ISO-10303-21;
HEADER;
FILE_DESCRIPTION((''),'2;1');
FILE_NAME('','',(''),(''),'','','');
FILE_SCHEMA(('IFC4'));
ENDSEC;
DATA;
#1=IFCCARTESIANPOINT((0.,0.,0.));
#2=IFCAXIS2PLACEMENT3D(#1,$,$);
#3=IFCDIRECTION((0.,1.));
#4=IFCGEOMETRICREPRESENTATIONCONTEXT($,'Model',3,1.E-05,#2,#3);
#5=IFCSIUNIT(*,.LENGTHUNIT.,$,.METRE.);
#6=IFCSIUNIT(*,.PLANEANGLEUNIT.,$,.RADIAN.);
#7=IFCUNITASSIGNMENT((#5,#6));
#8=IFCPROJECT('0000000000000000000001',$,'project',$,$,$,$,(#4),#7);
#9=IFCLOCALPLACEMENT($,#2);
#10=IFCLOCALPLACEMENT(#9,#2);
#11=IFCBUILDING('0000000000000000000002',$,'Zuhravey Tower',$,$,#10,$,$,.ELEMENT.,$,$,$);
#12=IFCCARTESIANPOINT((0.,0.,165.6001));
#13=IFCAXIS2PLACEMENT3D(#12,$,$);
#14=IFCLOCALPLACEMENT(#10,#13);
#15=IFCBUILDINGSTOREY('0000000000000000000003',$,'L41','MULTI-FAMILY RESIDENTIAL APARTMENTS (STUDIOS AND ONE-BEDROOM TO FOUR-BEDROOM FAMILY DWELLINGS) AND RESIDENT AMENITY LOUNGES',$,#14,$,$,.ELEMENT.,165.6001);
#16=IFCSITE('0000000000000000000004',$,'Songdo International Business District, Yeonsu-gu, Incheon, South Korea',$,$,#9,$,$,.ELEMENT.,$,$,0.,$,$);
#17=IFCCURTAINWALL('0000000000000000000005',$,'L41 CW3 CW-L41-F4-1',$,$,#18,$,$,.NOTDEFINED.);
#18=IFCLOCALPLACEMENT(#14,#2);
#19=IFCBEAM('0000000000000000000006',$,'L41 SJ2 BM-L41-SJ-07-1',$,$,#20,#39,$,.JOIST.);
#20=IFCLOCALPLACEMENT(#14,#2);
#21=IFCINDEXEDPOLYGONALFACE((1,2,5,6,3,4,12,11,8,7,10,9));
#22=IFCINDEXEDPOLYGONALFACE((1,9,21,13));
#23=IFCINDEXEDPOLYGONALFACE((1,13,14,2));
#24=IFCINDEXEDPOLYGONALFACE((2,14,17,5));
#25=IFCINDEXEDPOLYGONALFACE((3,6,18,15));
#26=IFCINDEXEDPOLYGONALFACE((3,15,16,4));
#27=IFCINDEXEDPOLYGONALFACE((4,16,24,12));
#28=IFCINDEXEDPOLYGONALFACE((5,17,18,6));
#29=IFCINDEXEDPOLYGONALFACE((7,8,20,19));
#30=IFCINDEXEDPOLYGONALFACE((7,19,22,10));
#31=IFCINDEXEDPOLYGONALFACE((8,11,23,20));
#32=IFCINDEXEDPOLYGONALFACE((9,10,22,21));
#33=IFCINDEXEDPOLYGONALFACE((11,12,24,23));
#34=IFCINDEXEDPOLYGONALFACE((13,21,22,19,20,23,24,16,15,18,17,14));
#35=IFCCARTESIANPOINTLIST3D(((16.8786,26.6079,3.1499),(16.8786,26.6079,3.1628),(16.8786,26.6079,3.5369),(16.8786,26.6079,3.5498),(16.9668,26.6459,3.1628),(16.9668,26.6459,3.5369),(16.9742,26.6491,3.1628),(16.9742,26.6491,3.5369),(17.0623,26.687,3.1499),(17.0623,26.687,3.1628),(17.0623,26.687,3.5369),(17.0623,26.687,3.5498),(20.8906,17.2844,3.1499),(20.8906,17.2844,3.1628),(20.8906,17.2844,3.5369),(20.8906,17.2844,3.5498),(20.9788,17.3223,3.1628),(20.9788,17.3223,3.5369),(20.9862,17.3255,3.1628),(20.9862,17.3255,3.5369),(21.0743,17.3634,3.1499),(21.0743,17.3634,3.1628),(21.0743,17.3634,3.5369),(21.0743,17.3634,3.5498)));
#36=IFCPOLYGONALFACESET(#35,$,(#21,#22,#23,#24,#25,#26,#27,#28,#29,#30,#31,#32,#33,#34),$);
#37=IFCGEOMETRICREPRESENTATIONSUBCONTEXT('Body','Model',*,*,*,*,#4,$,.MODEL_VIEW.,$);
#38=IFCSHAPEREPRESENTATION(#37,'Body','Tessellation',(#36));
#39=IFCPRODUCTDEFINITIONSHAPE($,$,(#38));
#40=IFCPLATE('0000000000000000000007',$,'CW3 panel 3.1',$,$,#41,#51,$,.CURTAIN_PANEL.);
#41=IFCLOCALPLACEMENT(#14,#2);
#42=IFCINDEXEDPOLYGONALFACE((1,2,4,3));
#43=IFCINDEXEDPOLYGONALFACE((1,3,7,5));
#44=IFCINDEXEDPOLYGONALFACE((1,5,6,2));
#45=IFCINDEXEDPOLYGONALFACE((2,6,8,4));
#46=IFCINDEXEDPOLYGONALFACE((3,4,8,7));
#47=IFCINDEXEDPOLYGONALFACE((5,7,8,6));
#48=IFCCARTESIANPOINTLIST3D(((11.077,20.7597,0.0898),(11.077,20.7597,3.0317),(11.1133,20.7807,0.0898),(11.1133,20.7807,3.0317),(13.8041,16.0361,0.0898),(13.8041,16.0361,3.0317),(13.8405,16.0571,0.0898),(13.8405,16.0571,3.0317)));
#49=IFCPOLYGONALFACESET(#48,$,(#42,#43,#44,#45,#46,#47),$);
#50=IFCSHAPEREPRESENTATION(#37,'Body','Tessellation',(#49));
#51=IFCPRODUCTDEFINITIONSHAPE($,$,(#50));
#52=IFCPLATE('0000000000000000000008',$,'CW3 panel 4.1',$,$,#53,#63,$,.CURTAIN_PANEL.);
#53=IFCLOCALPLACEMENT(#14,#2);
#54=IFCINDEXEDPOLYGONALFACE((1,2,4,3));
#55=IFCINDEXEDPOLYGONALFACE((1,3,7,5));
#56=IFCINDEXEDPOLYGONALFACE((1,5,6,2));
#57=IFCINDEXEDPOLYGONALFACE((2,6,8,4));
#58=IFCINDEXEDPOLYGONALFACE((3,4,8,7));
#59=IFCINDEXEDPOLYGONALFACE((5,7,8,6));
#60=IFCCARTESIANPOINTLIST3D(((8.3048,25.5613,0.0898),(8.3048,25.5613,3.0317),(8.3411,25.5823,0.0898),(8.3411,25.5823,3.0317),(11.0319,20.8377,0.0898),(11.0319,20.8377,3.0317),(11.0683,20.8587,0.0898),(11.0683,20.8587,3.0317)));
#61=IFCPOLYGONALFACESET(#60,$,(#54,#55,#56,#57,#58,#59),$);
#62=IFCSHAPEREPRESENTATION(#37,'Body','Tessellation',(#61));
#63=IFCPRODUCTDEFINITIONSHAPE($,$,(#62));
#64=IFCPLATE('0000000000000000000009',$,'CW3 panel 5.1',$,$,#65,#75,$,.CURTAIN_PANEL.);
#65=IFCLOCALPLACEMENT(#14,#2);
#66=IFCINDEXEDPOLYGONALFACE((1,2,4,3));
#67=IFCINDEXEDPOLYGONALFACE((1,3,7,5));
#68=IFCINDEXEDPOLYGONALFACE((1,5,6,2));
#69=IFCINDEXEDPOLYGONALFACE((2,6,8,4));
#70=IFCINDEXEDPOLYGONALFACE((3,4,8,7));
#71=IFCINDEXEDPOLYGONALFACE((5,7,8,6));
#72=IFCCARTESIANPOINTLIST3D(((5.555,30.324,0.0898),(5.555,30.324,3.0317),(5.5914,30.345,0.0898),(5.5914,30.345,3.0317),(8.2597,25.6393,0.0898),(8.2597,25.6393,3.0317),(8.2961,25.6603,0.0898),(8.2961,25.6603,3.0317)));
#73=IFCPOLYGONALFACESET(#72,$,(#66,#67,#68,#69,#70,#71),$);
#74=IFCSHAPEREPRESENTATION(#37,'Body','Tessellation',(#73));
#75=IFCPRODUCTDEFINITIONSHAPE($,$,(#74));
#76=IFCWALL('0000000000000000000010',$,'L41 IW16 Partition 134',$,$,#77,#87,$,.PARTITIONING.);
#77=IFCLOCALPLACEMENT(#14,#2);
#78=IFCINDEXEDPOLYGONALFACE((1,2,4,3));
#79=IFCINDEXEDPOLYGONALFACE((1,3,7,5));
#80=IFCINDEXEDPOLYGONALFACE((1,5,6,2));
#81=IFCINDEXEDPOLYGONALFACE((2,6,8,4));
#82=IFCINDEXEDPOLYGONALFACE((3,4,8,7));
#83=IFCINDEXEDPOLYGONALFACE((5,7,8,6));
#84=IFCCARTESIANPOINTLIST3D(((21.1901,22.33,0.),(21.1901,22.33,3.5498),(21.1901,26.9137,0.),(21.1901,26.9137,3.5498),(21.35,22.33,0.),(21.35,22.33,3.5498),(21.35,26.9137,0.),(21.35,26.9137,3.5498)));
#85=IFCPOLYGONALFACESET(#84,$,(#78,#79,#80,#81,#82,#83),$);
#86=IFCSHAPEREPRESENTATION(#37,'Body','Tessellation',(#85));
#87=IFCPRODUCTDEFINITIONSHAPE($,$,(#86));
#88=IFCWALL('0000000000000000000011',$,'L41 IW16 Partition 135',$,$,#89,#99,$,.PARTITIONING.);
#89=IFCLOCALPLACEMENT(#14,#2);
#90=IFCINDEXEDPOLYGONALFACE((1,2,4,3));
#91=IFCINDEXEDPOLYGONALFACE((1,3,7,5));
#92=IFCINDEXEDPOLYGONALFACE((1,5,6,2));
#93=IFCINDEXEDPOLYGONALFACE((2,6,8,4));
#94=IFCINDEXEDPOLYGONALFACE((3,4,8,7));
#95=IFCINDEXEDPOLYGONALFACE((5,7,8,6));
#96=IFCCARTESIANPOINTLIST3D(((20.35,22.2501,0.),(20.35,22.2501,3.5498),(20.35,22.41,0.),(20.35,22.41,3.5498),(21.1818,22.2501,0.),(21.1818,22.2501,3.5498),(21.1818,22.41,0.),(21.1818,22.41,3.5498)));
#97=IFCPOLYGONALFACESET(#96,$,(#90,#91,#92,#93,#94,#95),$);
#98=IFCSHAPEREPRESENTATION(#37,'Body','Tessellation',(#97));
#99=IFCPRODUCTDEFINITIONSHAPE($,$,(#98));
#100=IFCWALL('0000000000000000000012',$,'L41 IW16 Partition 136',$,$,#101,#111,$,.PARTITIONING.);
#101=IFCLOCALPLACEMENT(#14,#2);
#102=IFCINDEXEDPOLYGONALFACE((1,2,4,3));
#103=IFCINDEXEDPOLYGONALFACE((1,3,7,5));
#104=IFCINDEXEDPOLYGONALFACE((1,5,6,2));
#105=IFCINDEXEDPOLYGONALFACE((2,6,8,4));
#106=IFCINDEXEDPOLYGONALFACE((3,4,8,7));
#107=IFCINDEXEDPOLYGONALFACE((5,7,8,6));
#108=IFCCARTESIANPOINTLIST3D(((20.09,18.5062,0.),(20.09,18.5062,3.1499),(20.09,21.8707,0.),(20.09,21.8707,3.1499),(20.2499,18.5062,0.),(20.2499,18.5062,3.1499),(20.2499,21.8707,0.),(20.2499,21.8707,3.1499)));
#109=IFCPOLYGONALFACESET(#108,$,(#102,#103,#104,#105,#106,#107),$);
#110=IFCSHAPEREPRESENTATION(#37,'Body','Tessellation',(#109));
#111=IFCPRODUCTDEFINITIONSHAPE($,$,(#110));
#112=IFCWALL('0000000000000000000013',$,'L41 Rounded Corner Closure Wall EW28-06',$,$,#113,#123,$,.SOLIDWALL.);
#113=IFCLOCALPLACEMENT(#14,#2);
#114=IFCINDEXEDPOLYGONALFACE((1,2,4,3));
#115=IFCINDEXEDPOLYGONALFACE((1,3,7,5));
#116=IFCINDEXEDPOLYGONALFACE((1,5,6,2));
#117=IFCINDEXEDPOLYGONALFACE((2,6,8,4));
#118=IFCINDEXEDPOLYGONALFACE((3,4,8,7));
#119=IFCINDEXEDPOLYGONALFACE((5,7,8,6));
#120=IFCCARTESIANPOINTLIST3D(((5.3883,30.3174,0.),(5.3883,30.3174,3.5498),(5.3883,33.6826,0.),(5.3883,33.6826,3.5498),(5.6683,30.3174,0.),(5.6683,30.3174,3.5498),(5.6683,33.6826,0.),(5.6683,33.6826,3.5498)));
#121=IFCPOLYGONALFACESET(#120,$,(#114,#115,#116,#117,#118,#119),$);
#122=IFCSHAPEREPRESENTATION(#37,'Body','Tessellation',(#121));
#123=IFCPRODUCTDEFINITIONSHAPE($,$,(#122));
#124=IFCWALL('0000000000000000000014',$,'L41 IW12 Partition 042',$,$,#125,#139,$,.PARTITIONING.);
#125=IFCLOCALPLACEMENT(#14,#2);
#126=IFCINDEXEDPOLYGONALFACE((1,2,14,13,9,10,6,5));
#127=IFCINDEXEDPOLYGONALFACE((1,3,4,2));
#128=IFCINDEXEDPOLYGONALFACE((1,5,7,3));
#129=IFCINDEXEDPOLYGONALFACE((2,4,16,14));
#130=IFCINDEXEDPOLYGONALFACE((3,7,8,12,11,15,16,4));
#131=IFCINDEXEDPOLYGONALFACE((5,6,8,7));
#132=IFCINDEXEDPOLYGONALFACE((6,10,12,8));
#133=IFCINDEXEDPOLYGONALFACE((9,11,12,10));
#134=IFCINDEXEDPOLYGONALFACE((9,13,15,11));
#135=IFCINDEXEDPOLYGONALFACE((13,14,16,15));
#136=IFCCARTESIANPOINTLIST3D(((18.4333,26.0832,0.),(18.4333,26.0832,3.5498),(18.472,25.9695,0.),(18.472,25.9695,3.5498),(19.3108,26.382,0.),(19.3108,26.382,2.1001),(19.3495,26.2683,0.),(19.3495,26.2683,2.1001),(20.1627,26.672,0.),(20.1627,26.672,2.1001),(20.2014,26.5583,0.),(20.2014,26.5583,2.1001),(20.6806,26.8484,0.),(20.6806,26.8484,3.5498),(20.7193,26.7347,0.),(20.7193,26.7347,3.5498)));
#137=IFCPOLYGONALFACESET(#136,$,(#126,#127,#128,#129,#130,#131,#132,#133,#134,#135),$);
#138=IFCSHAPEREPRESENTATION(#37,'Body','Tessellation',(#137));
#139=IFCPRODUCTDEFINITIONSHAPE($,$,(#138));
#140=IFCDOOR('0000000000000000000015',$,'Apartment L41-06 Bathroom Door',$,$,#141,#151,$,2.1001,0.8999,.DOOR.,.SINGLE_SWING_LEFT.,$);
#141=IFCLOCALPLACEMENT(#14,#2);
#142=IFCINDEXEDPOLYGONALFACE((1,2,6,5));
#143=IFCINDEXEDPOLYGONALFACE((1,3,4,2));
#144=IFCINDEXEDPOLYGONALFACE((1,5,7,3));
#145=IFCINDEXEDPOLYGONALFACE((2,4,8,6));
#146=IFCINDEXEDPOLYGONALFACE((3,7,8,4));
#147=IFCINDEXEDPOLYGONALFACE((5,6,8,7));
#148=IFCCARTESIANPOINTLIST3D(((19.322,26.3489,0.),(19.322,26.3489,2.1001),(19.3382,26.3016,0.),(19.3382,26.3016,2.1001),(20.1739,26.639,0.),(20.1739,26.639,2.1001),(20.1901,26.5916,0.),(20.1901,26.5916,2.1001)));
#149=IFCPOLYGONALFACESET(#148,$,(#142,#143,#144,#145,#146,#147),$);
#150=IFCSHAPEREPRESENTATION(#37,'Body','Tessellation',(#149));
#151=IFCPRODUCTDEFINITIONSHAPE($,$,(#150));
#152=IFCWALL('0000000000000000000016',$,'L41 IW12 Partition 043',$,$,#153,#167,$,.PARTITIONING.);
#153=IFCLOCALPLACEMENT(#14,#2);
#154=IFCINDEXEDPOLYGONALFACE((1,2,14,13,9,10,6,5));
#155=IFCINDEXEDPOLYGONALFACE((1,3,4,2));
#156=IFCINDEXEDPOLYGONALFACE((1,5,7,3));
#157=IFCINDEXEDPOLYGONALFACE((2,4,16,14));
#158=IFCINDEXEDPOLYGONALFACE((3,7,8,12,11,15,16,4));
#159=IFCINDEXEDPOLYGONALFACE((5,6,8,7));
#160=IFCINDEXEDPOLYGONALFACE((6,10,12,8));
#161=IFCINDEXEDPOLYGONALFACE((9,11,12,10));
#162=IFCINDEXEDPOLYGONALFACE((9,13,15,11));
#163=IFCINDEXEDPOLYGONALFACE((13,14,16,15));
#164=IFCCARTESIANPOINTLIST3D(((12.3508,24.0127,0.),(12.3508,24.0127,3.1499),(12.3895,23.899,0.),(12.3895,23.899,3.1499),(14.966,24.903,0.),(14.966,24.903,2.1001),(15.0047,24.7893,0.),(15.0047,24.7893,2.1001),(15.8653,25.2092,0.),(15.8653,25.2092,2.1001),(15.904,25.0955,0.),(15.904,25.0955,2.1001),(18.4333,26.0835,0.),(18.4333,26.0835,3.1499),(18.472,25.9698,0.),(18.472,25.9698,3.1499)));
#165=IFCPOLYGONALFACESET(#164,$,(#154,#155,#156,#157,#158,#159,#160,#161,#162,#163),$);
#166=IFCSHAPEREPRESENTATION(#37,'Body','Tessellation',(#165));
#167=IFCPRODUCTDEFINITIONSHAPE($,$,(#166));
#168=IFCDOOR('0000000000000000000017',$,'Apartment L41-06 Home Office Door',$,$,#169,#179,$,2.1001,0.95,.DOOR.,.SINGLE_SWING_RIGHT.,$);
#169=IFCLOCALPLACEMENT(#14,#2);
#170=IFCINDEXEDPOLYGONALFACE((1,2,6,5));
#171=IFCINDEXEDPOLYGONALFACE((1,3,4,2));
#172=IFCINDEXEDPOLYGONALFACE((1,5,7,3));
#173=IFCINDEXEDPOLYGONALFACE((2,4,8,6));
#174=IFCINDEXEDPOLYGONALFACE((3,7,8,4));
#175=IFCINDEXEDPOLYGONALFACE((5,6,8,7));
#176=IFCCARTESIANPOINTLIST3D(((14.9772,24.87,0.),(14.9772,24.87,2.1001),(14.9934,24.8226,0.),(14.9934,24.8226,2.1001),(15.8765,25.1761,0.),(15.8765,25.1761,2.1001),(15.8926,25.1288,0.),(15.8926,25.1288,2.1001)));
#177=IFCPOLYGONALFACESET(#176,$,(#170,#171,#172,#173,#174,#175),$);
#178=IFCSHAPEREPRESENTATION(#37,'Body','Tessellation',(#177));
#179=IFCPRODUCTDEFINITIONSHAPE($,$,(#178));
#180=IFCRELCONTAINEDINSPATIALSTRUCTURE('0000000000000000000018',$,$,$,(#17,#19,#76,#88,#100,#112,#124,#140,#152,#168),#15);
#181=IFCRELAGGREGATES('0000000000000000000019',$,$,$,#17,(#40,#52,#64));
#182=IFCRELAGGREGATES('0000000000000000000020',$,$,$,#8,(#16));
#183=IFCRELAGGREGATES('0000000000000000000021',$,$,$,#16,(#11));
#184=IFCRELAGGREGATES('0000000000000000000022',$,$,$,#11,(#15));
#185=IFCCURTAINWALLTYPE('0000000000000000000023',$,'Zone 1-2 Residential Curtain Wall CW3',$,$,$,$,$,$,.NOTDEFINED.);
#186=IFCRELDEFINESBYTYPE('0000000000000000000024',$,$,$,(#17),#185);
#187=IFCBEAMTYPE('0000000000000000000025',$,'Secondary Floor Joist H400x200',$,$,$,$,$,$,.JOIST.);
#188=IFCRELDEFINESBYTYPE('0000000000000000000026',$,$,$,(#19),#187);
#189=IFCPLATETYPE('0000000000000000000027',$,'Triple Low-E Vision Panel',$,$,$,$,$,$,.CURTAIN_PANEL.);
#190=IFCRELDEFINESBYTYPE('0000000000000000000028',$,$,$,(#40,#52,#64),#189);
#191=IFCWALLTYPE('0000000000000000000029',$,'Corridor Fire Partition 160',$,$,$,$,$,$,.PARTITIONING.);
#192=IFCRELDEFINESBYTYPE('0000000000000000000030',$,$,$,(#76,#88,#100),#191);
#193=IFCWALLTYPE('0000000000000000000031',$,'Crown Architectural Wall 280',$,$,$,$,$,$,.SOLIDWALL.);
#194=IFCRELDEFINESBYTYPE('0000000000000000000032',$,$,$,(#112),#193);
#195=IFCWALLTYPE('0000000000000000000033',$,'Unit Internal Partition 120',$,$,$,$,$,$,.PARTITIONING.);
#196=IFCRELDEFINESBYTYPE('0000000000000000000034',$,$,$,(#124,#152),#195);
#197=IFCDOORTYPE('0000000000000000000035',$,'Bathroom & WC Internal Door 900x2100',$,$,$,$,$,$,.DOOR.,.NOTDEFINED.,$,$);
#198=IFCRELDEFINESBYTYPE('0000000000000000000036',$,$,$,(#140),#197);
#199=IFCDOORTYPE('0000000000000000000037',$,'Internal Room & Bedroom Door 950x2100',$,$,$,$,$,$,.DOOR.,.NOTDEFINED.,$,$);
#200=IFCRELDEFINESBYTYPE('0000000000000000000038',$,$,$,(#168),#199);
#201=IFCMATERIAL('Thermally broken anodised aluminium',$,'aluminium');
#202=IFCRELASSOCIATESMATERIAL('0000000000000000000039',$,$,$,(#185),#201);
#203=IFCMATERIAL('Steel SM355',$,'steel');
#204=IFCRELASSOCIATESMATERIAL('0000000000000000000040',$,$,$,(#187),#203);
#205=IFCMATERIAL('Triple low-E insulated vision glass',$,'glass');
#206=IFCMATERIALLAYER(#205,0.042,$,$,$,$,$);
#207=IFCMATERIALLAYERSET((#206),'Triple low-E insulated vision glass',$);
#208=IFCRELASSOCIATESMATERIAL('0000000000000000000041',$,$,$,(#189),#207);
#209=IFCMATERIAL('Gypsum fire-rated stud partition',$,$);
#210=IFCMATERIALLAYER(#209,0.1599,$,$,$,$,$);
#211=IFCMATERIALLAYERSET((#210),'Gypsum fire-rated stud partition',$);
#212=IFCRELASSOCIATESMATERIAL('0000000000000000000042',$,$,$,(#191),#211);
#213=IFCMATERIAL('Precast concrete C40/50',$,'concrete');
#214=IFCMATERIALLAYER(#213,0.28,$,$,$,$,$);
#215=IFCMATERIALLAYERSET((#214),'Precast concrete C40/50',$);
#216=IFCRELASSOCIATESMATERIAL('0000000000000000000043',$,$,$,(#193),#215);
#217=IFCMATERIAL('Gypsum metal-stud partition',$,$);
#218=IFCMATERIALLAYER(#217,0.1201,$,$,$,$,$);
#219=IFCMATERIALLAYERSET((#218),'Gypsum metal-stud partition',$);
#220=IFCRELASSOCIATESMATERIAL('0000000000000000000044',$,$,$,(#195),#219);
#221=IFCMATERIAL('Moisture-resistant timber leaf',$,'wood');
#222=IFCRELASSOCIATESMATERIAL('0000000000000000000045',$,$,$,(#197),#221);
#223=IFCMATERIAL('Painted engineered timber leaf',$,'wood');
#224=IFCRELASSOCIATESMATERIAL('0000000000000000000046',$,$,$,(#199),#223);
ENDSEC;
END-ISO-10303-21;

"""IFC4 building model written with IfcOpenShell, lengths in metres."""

from ifc_helpers import new_model, si_unit, direction, frame, frame_2d, origin, origin_2d, place, context, subcontext, project, spatial, rectangle, i_section, extrude, material, layer, layer_set, material_profile, profile_set, type_object, element, fill, aggregate, save


model = new_model("IFC4")

# Units and contexts
model_context = context("Model", 3, precision=1e-05, world=origin(), true_north=direction((0.0, 1.0)))
body_context = subcontext(model_context, "Body", "Model", "MODEL_VIEW")
ifc_project = project(units=[si_unit("LENGTHUNIT", "METRE"), si_unit("PLANEANGLEUNIT", "RADIAN")], contexts=[model_context])

# Site, building, storey
site_placement = place(None, origin())
site = spatial("IfcSite", under=ifc_project, at=site_placement, Name="Songdo International Business District, Yeonsu-gu, Incheon, South Korea", CompositionType="ELEMENT", RefElevation=0.0)
building_placement = place(site_placement, origin())
building = spatial("IfcBuilding", under=site, at=building_placement, Name="Zuhravey Tower", CompositionType="ELEMENT")
storey_placement = place(building_placement, frame((0.0, 0.0, 165.6001)))
storey = spatial("IfcBuildingStorey", under=building, at=storey_placement, Name="L41", Description="MULTI-FAMILY RESIDENTIAL APARTMENTS (STUDIOS AND ONE-BEDROOM TO FOUR-BEDROOM FAMILY DWELLINGS) AND RESIDENT AMENITY LOUNGES", CompositionType="ELEMENT", Elevation=165.6001)

# Curtain wall
ifc_material_1 = material(Name="Thermally broken anodised aluminium", Category="aluminium")
curtain_wall_type = type_object("IfcCurtainWallType", Name="Zone 1-2 Residential Curtain Wall CW3", PredefinedType="NOTDEFINED", material=ifc_material_1)
curtain_wall_placement = place(storey_placement, origin())
curtain_wall = element("IfcCurtainWall", 1, at=curtain_wall_placement, inside=storey, type_object=curtain_wall_type, Name="L41 CW3 CW-L41-F4-1", PredefinedType="NOTDEFINED")

# Beam
ifc_material_2 = material(Name="Steel SM355", Category="steel")
ifc_material_profile_1 = material_profile(ifc_material_2, i_section(OverallWidth=0.2, OverallDepth=0.3999, WebThickness=0.0081, FlangeThickness=0.0129, at=origin_2d()), Name="H-400x200x8x13")
ifc_profile_set_1 = profile_set([ifc_material_profile_1], Name="Steel SM355")
beam_type_1 = type_object("IfcBeamType", Name="Secondary Floor Joist H400x200", PredefinedType="JOIST", material=ifc_profile_set_1)
beam_1_placement = place(storey_placement, frame((16.9705, 26.6475, 3.3499), z_axis=(0.395266, -0.918567, 0.0), x_axis=(0.918567, 0.395266, 0.0)))
element("IfcBeam", 2, at=beam_1_placement, inside=storey, type_object=beam_type_1, Name="L41 SJ2 BM-L41-SJ-07-1", PredefinedType="JOIST", context=body_context, shape_type="SweptSolid", body=[
    extrude(i_section(OverallWidth=0.2, OverallDepth=0.3999, WebThickness=0.0081, FlangeThickness=0.0129, at=origin_2d()), origin(), (0.0, 0.0, 1.0), 10.1501),
])

# Plates
ifc_material_3 = material(Name="Triple low-E insulated vision glass", Category="glass")
ifc_layer_1 = layer(ifc_material_3, 0.042)
ifc_layer_set_1 = layer_set([ifc_layer_1], Name="Triple low-E insulated vision glass")
plate_type = type_object("IfcPlateType", Name="Triple Low-E Vision Panel", PredefinedType="CURTAIN_PANEL", material=ifc_layer_set_1)
plate_1_placement = place(storey_placement, frame((12.4587, 18.4084, 0.0898), z_axis=(0.0, 0.0, 1.0), x_axis=(-0.5, 0.866025, 0.0)))
plate_1 = element("IfcPlate", 3, at=plate_1_placement, type_object=plate_type, Name="CW3 panel 3.1", PredefinedType="CURTAIN_PANEL", context=body_context, shape_type="SweptSolid", body=[
    extrude(rectangle(XDim=5.4543, YDim=0.042, at=origin_2d()), origin(), (0.0, 0.0, 1.0), 2.9419),
])
plate_2_placement = place(storey_placement, frame((9.6865, 23.21, 0.0898), z_axis=(0.0, 0.0, 1.0), x_axis=(-0.5, 0.866025, 0.0)))
plate_2 = element("IfcPlate", 4, at=plate_2_placement, type_object=plate_type, Name="CW3 panel 4.1", PredefinedType="CURTAIN_PANEL", context=body_context, shape_type="SweptSolid", body=[
    extrude(rectangle(XDim=5.4543, YDim=0.042, at=origin_2d()), origin(), (0.0, 0.0, 1.0), 2.9419),
])
plate_3_placement = place(storey_placement, frame((6.9255, 27.9922, 0.0898), z_axis=(0.0, 0.0, 1.0), x_axis=(-0.5, 0.866025, 0.0)))
plate_3 = element("IfcPlate", 5, at=plate_3_placement, type_object=plate_type, Name="CW3 panel 5.1", PredefinedType="CURTAIN_PANEL", context=body_context, shape_type="SweptSolid", body=[
    extrude(rectangle(XDim=5.4094, YDim=0.042, at=origin_2d()), origin(), (0.0, 0.0, 1.0), 2.9419),
])
aggregate(curtain_wall, [plate_1, plate_2, plate_3])

# Walls
ifc_material_4 = material(Name="Gypsum fire-rated stud partition")
ifc_layer_2 = layer(ifc_material_4, 0.1599)
ifc_layer_set_2 = layer_set([ifc_layer_2], Name="Gypsum fire-rated stud partition")
wall_type_1 = type_object("IfcWallType", Name="Corridor Fire Partition 160", PredefinedType="PARTITIONING", material=ifc_layer_set_2)
wall_1_placement = place(storey_placement, frame((21.27, 26.9138, 0.0), z_axis=(0.0, 0.0, 1.0), x_axis=(0.0, -1.0, 0.0)))
element("IfcWall", 6, at=wall_1_placement, inside=storey, type_object=wall_type_1, Name="L41 IW16 Partition 134", PredefinedType="PARTITIONING", context=body_context, shape_type="SweptSolid", body=[
    extrude(rectangle(XDim=4.5837, YDim=0.1599, at=frame_2d((2.292, 0.0))), origin(), (0.0, 0.0, 1.0), 3.5498),
])
wall_2_placement = place(storey_placement, frame((21.1819, 22.3301, 0.0), z_axis=(0.0, 0.0, 1.0), x_axis=(-1.0, 0.0, 0.0)))
element("IfcWall", 7, at=wall_2_placement, inside=storey, type_object=wall_type_1, Name="L41 IW16 Partition 135", PredefinedType="PARTITIONING", context=body_context, shape_type="SweptSolid", body=[
    extrude(rectangle(XDim=0.8318, YDim=0.1599, at=frame_2d((0.416, 0.0))), origin(), (0.0, 0.0, 1.0), 3.5498),
])
wall_3_placement = place(storey_placement, frame((20.1699, 21.8706, 0.0), z_axis=(0.0, 0.0, 1.0), x_axis=(0.0, -1.0, 0.0)))
element("IfcWall", 8, at=wall_3_placement, inside=storey, type_object=wall_type_1, Name="L41 IW16 Partition 136", PredefinedType="PARTITIONING", context=body_context, shape_type="SweptSolid", body=[
    extrude(rectangle(XDim=3.3645, YDim=0.1599, at=frame_2d((1.6821, 0.0))), origin(), (0.0, 0.0, 1.0), 3.1499),
])
ifc_material_5 = material(Name="Precast concrete C40/50", Category="concrete")
ifc_layer_3 = layer(ifc_material_5, 0.28)
ifc_layer_set_3 = layer_set([ifc_layer_3], Name="Precast concrete C40/50")
wall_type_2 = type_object("IfcWallType", Name="Crown Architectural Wall 280", PredefinedType="SOLIDWALL", material=ifc_layer_set_3)
wall_4_placement = place(storey_placement, frame((5.5283, 30.3174, 0.0), z_axis=(0.0, 0.0, 1.0), x_axis=(0.0, 1.0, 0.0)))
element("IfcWall", 9, at=wall_4_placement, inside=storey, type_object=wall_type_2, Name="L41 Rounded Corner Closure Wall EW28-06", PredefinedType="SOLIDWALL", context=body_context, shape_type="SweptSolid", body=[
    extrude(rectangle(XDim=3.3652, YDim=0.28, at=frame_2d((1.6826, 0.0))), origin(), (0.0, 0.0, 1.0), 3.5498),
])

# Walls, openings, doors
ifc_material_6 = material(Name="Gypsum metal-stud partition")
ifc_layer_4 = layer(ifc_material_6, 0.1201)
ifc_layer_set_4 = layer_set([ifc_layer_4], Name="Gypsum metal-stud partition")
wall_type_3 = type_object("IfcWallType", Name="Unit Internal Partition 120", PredefinedType="PARTITIONING", material=ifc_layer_set_4)
wall_5_placement = place(storey_placement, frame((20.7, 26.7915, 0.0), z_axis=(0.0, 0.0, 1.0), x_axis=(-0.946638, -0.322299, 0.0)))
wall_5 = element("IfcWall", 10, at=wall_5_placement, inside=storey, type_object=wall_type_3, Name="L41 IW12 Partition 042", PredefinedType="PARTITIONING", context=body_context, shape_type="SweptSolid", body=[
    extrude(rectangle(XDim=2.374, YDim=0.1201, at=frame_2d((1.187, 0.0))), origin(), (0.0, 0.0, 1.0), 3.5498),
])
opening_1_placement = place(wall_5_placement, frame((0.5471, 0.0, 0.0)))
opening_1 = element("IfcOpeningElement", 11, at=opening_1_placement, cuts=wall_5, PredefinedType="OPENING", context=body_context, shape_type="SweptSolid", body=[
    extrude(rectangle(XDim=0.8999, YDim=2.1001, at=frame_2d((0.45, 1.05))), frame((0.0, 0.072, 0.0), z_axis=(0.0, -1.0, 0.0), x_axis=(1.0, 0.0, 0.0)), (0.0, 0.0, 1.0), 0.144),
])
ifc_material_7 = material(Name="Moisture-resistant timber leaf", Category="wood")
door_type_1 = type_object("IfcDoorType", Name="Bathroom & WC Internal Door 900x2100", OperationType="NOTDEFINED", PredefinedType="DOOR", material=ifc_material_7)
door_1_placement = place(opening_1_placement, origin())
door_1 = element("IfcDoor", 12, at=door_1_placement, inside=storey, type_object=door_type_1, Name="Apartment L41-06 Bathroom Door", OperationType="SINGLE_SWING_LEFT", OverallHeight=2.1001, OverallWidth=0.8999, PredefinedType="DOOR", context=body_context, shape_type="SweptSolid", body=[
    extrude(rectangle(XDim=0.8999, YDim=2.1001, at=frame_2d((0.45, 1.05))), frame((0.0, 0.0249, 0.0), z_axis=(0.0, -1.0, 0.0), x_axis=(1.0, 0.0, 0.0)), (0.0, 0.0, 1.0), 0.05),
])
fill(opening_1, door_1)
wall_6_placement = place(storey_placement, frame((18.4526, 26.0266, 0.0), z_axis=(0.0, 0.0, 1.0), x_axis=(-0.946643, -0.322286, 0.0)))
wall_6 = element("IfcWall", 13, at=wall_6_placement, inside=storey, type_object=wall_type_3, Name="L41 IW12 Partition 043", PredefinedType="PARTITIONING", context=body_context, shape_type="SweptSolid", body=[
    extrude(rectangle(XDim=6.4253, YDim=0.1201, at=frame_2d((3.2126, 0.0))), origin(), (0.0, 0.0, 1.0), 3.1499),
])
opening_2_placement = place(wall_6_placement, frame((2.7126, 0.0, 0.0)))
opening_2 = element("IfcOpeningElement", 14, at=opening_2_placement, cuts=wall_6, PredefinedType="OPENING", context=body_context, shape_type="SweptSolid", body=[
    extrude(rectangle(XDim=0.95, YDim=2.1001, at=frame_2d((0.4751, 1.05))), frame((0.0, 0.072, 0.0), z_axis=(0.0, -1.0, 0.0), x_axis=(1.0, 0.0, 0.0)), (0.0, 0.0, 1.0), 0.144),
])
ifc_material_8 = material(Name="Painted engineered timber leaf", Category="wood")
door_type_2 = type_object("IfcDoorType", Name="Internal Room & Bedroom Door 950x2100", OperationType="NOTDEFINED", PredefinedType="DOOR", material=ifc_material_8)
door_2_placement = place(opening_2_placement, origin())
door_2 = element("IfcDoor", 15, at=door_2_placement, inside=storey, type_object=door_type_2, Name="Apartment L41-06 Home Office Door", OperationType="SINGLE_SWING_RIGHT", OverallHeight=2.1001, OverallWidth=0.95, PredefinedType="DOOR", context=body_context, shape_type="SweptSolid", body=[
    extrude(rectangle(XDim=0.95, YDim=2.1001, at=frame_2d((0.4751, 1.05))), frame((0.0, 0.0249, 0.0), z_axis=(0.0, -1.0, 0.0), x_axis=(1.0, 0.0, 0.0)), (0.0, 0.0, 1.0), 0.05),
])
fill(opening_2, door_2)

save(model, "model.ifc")
